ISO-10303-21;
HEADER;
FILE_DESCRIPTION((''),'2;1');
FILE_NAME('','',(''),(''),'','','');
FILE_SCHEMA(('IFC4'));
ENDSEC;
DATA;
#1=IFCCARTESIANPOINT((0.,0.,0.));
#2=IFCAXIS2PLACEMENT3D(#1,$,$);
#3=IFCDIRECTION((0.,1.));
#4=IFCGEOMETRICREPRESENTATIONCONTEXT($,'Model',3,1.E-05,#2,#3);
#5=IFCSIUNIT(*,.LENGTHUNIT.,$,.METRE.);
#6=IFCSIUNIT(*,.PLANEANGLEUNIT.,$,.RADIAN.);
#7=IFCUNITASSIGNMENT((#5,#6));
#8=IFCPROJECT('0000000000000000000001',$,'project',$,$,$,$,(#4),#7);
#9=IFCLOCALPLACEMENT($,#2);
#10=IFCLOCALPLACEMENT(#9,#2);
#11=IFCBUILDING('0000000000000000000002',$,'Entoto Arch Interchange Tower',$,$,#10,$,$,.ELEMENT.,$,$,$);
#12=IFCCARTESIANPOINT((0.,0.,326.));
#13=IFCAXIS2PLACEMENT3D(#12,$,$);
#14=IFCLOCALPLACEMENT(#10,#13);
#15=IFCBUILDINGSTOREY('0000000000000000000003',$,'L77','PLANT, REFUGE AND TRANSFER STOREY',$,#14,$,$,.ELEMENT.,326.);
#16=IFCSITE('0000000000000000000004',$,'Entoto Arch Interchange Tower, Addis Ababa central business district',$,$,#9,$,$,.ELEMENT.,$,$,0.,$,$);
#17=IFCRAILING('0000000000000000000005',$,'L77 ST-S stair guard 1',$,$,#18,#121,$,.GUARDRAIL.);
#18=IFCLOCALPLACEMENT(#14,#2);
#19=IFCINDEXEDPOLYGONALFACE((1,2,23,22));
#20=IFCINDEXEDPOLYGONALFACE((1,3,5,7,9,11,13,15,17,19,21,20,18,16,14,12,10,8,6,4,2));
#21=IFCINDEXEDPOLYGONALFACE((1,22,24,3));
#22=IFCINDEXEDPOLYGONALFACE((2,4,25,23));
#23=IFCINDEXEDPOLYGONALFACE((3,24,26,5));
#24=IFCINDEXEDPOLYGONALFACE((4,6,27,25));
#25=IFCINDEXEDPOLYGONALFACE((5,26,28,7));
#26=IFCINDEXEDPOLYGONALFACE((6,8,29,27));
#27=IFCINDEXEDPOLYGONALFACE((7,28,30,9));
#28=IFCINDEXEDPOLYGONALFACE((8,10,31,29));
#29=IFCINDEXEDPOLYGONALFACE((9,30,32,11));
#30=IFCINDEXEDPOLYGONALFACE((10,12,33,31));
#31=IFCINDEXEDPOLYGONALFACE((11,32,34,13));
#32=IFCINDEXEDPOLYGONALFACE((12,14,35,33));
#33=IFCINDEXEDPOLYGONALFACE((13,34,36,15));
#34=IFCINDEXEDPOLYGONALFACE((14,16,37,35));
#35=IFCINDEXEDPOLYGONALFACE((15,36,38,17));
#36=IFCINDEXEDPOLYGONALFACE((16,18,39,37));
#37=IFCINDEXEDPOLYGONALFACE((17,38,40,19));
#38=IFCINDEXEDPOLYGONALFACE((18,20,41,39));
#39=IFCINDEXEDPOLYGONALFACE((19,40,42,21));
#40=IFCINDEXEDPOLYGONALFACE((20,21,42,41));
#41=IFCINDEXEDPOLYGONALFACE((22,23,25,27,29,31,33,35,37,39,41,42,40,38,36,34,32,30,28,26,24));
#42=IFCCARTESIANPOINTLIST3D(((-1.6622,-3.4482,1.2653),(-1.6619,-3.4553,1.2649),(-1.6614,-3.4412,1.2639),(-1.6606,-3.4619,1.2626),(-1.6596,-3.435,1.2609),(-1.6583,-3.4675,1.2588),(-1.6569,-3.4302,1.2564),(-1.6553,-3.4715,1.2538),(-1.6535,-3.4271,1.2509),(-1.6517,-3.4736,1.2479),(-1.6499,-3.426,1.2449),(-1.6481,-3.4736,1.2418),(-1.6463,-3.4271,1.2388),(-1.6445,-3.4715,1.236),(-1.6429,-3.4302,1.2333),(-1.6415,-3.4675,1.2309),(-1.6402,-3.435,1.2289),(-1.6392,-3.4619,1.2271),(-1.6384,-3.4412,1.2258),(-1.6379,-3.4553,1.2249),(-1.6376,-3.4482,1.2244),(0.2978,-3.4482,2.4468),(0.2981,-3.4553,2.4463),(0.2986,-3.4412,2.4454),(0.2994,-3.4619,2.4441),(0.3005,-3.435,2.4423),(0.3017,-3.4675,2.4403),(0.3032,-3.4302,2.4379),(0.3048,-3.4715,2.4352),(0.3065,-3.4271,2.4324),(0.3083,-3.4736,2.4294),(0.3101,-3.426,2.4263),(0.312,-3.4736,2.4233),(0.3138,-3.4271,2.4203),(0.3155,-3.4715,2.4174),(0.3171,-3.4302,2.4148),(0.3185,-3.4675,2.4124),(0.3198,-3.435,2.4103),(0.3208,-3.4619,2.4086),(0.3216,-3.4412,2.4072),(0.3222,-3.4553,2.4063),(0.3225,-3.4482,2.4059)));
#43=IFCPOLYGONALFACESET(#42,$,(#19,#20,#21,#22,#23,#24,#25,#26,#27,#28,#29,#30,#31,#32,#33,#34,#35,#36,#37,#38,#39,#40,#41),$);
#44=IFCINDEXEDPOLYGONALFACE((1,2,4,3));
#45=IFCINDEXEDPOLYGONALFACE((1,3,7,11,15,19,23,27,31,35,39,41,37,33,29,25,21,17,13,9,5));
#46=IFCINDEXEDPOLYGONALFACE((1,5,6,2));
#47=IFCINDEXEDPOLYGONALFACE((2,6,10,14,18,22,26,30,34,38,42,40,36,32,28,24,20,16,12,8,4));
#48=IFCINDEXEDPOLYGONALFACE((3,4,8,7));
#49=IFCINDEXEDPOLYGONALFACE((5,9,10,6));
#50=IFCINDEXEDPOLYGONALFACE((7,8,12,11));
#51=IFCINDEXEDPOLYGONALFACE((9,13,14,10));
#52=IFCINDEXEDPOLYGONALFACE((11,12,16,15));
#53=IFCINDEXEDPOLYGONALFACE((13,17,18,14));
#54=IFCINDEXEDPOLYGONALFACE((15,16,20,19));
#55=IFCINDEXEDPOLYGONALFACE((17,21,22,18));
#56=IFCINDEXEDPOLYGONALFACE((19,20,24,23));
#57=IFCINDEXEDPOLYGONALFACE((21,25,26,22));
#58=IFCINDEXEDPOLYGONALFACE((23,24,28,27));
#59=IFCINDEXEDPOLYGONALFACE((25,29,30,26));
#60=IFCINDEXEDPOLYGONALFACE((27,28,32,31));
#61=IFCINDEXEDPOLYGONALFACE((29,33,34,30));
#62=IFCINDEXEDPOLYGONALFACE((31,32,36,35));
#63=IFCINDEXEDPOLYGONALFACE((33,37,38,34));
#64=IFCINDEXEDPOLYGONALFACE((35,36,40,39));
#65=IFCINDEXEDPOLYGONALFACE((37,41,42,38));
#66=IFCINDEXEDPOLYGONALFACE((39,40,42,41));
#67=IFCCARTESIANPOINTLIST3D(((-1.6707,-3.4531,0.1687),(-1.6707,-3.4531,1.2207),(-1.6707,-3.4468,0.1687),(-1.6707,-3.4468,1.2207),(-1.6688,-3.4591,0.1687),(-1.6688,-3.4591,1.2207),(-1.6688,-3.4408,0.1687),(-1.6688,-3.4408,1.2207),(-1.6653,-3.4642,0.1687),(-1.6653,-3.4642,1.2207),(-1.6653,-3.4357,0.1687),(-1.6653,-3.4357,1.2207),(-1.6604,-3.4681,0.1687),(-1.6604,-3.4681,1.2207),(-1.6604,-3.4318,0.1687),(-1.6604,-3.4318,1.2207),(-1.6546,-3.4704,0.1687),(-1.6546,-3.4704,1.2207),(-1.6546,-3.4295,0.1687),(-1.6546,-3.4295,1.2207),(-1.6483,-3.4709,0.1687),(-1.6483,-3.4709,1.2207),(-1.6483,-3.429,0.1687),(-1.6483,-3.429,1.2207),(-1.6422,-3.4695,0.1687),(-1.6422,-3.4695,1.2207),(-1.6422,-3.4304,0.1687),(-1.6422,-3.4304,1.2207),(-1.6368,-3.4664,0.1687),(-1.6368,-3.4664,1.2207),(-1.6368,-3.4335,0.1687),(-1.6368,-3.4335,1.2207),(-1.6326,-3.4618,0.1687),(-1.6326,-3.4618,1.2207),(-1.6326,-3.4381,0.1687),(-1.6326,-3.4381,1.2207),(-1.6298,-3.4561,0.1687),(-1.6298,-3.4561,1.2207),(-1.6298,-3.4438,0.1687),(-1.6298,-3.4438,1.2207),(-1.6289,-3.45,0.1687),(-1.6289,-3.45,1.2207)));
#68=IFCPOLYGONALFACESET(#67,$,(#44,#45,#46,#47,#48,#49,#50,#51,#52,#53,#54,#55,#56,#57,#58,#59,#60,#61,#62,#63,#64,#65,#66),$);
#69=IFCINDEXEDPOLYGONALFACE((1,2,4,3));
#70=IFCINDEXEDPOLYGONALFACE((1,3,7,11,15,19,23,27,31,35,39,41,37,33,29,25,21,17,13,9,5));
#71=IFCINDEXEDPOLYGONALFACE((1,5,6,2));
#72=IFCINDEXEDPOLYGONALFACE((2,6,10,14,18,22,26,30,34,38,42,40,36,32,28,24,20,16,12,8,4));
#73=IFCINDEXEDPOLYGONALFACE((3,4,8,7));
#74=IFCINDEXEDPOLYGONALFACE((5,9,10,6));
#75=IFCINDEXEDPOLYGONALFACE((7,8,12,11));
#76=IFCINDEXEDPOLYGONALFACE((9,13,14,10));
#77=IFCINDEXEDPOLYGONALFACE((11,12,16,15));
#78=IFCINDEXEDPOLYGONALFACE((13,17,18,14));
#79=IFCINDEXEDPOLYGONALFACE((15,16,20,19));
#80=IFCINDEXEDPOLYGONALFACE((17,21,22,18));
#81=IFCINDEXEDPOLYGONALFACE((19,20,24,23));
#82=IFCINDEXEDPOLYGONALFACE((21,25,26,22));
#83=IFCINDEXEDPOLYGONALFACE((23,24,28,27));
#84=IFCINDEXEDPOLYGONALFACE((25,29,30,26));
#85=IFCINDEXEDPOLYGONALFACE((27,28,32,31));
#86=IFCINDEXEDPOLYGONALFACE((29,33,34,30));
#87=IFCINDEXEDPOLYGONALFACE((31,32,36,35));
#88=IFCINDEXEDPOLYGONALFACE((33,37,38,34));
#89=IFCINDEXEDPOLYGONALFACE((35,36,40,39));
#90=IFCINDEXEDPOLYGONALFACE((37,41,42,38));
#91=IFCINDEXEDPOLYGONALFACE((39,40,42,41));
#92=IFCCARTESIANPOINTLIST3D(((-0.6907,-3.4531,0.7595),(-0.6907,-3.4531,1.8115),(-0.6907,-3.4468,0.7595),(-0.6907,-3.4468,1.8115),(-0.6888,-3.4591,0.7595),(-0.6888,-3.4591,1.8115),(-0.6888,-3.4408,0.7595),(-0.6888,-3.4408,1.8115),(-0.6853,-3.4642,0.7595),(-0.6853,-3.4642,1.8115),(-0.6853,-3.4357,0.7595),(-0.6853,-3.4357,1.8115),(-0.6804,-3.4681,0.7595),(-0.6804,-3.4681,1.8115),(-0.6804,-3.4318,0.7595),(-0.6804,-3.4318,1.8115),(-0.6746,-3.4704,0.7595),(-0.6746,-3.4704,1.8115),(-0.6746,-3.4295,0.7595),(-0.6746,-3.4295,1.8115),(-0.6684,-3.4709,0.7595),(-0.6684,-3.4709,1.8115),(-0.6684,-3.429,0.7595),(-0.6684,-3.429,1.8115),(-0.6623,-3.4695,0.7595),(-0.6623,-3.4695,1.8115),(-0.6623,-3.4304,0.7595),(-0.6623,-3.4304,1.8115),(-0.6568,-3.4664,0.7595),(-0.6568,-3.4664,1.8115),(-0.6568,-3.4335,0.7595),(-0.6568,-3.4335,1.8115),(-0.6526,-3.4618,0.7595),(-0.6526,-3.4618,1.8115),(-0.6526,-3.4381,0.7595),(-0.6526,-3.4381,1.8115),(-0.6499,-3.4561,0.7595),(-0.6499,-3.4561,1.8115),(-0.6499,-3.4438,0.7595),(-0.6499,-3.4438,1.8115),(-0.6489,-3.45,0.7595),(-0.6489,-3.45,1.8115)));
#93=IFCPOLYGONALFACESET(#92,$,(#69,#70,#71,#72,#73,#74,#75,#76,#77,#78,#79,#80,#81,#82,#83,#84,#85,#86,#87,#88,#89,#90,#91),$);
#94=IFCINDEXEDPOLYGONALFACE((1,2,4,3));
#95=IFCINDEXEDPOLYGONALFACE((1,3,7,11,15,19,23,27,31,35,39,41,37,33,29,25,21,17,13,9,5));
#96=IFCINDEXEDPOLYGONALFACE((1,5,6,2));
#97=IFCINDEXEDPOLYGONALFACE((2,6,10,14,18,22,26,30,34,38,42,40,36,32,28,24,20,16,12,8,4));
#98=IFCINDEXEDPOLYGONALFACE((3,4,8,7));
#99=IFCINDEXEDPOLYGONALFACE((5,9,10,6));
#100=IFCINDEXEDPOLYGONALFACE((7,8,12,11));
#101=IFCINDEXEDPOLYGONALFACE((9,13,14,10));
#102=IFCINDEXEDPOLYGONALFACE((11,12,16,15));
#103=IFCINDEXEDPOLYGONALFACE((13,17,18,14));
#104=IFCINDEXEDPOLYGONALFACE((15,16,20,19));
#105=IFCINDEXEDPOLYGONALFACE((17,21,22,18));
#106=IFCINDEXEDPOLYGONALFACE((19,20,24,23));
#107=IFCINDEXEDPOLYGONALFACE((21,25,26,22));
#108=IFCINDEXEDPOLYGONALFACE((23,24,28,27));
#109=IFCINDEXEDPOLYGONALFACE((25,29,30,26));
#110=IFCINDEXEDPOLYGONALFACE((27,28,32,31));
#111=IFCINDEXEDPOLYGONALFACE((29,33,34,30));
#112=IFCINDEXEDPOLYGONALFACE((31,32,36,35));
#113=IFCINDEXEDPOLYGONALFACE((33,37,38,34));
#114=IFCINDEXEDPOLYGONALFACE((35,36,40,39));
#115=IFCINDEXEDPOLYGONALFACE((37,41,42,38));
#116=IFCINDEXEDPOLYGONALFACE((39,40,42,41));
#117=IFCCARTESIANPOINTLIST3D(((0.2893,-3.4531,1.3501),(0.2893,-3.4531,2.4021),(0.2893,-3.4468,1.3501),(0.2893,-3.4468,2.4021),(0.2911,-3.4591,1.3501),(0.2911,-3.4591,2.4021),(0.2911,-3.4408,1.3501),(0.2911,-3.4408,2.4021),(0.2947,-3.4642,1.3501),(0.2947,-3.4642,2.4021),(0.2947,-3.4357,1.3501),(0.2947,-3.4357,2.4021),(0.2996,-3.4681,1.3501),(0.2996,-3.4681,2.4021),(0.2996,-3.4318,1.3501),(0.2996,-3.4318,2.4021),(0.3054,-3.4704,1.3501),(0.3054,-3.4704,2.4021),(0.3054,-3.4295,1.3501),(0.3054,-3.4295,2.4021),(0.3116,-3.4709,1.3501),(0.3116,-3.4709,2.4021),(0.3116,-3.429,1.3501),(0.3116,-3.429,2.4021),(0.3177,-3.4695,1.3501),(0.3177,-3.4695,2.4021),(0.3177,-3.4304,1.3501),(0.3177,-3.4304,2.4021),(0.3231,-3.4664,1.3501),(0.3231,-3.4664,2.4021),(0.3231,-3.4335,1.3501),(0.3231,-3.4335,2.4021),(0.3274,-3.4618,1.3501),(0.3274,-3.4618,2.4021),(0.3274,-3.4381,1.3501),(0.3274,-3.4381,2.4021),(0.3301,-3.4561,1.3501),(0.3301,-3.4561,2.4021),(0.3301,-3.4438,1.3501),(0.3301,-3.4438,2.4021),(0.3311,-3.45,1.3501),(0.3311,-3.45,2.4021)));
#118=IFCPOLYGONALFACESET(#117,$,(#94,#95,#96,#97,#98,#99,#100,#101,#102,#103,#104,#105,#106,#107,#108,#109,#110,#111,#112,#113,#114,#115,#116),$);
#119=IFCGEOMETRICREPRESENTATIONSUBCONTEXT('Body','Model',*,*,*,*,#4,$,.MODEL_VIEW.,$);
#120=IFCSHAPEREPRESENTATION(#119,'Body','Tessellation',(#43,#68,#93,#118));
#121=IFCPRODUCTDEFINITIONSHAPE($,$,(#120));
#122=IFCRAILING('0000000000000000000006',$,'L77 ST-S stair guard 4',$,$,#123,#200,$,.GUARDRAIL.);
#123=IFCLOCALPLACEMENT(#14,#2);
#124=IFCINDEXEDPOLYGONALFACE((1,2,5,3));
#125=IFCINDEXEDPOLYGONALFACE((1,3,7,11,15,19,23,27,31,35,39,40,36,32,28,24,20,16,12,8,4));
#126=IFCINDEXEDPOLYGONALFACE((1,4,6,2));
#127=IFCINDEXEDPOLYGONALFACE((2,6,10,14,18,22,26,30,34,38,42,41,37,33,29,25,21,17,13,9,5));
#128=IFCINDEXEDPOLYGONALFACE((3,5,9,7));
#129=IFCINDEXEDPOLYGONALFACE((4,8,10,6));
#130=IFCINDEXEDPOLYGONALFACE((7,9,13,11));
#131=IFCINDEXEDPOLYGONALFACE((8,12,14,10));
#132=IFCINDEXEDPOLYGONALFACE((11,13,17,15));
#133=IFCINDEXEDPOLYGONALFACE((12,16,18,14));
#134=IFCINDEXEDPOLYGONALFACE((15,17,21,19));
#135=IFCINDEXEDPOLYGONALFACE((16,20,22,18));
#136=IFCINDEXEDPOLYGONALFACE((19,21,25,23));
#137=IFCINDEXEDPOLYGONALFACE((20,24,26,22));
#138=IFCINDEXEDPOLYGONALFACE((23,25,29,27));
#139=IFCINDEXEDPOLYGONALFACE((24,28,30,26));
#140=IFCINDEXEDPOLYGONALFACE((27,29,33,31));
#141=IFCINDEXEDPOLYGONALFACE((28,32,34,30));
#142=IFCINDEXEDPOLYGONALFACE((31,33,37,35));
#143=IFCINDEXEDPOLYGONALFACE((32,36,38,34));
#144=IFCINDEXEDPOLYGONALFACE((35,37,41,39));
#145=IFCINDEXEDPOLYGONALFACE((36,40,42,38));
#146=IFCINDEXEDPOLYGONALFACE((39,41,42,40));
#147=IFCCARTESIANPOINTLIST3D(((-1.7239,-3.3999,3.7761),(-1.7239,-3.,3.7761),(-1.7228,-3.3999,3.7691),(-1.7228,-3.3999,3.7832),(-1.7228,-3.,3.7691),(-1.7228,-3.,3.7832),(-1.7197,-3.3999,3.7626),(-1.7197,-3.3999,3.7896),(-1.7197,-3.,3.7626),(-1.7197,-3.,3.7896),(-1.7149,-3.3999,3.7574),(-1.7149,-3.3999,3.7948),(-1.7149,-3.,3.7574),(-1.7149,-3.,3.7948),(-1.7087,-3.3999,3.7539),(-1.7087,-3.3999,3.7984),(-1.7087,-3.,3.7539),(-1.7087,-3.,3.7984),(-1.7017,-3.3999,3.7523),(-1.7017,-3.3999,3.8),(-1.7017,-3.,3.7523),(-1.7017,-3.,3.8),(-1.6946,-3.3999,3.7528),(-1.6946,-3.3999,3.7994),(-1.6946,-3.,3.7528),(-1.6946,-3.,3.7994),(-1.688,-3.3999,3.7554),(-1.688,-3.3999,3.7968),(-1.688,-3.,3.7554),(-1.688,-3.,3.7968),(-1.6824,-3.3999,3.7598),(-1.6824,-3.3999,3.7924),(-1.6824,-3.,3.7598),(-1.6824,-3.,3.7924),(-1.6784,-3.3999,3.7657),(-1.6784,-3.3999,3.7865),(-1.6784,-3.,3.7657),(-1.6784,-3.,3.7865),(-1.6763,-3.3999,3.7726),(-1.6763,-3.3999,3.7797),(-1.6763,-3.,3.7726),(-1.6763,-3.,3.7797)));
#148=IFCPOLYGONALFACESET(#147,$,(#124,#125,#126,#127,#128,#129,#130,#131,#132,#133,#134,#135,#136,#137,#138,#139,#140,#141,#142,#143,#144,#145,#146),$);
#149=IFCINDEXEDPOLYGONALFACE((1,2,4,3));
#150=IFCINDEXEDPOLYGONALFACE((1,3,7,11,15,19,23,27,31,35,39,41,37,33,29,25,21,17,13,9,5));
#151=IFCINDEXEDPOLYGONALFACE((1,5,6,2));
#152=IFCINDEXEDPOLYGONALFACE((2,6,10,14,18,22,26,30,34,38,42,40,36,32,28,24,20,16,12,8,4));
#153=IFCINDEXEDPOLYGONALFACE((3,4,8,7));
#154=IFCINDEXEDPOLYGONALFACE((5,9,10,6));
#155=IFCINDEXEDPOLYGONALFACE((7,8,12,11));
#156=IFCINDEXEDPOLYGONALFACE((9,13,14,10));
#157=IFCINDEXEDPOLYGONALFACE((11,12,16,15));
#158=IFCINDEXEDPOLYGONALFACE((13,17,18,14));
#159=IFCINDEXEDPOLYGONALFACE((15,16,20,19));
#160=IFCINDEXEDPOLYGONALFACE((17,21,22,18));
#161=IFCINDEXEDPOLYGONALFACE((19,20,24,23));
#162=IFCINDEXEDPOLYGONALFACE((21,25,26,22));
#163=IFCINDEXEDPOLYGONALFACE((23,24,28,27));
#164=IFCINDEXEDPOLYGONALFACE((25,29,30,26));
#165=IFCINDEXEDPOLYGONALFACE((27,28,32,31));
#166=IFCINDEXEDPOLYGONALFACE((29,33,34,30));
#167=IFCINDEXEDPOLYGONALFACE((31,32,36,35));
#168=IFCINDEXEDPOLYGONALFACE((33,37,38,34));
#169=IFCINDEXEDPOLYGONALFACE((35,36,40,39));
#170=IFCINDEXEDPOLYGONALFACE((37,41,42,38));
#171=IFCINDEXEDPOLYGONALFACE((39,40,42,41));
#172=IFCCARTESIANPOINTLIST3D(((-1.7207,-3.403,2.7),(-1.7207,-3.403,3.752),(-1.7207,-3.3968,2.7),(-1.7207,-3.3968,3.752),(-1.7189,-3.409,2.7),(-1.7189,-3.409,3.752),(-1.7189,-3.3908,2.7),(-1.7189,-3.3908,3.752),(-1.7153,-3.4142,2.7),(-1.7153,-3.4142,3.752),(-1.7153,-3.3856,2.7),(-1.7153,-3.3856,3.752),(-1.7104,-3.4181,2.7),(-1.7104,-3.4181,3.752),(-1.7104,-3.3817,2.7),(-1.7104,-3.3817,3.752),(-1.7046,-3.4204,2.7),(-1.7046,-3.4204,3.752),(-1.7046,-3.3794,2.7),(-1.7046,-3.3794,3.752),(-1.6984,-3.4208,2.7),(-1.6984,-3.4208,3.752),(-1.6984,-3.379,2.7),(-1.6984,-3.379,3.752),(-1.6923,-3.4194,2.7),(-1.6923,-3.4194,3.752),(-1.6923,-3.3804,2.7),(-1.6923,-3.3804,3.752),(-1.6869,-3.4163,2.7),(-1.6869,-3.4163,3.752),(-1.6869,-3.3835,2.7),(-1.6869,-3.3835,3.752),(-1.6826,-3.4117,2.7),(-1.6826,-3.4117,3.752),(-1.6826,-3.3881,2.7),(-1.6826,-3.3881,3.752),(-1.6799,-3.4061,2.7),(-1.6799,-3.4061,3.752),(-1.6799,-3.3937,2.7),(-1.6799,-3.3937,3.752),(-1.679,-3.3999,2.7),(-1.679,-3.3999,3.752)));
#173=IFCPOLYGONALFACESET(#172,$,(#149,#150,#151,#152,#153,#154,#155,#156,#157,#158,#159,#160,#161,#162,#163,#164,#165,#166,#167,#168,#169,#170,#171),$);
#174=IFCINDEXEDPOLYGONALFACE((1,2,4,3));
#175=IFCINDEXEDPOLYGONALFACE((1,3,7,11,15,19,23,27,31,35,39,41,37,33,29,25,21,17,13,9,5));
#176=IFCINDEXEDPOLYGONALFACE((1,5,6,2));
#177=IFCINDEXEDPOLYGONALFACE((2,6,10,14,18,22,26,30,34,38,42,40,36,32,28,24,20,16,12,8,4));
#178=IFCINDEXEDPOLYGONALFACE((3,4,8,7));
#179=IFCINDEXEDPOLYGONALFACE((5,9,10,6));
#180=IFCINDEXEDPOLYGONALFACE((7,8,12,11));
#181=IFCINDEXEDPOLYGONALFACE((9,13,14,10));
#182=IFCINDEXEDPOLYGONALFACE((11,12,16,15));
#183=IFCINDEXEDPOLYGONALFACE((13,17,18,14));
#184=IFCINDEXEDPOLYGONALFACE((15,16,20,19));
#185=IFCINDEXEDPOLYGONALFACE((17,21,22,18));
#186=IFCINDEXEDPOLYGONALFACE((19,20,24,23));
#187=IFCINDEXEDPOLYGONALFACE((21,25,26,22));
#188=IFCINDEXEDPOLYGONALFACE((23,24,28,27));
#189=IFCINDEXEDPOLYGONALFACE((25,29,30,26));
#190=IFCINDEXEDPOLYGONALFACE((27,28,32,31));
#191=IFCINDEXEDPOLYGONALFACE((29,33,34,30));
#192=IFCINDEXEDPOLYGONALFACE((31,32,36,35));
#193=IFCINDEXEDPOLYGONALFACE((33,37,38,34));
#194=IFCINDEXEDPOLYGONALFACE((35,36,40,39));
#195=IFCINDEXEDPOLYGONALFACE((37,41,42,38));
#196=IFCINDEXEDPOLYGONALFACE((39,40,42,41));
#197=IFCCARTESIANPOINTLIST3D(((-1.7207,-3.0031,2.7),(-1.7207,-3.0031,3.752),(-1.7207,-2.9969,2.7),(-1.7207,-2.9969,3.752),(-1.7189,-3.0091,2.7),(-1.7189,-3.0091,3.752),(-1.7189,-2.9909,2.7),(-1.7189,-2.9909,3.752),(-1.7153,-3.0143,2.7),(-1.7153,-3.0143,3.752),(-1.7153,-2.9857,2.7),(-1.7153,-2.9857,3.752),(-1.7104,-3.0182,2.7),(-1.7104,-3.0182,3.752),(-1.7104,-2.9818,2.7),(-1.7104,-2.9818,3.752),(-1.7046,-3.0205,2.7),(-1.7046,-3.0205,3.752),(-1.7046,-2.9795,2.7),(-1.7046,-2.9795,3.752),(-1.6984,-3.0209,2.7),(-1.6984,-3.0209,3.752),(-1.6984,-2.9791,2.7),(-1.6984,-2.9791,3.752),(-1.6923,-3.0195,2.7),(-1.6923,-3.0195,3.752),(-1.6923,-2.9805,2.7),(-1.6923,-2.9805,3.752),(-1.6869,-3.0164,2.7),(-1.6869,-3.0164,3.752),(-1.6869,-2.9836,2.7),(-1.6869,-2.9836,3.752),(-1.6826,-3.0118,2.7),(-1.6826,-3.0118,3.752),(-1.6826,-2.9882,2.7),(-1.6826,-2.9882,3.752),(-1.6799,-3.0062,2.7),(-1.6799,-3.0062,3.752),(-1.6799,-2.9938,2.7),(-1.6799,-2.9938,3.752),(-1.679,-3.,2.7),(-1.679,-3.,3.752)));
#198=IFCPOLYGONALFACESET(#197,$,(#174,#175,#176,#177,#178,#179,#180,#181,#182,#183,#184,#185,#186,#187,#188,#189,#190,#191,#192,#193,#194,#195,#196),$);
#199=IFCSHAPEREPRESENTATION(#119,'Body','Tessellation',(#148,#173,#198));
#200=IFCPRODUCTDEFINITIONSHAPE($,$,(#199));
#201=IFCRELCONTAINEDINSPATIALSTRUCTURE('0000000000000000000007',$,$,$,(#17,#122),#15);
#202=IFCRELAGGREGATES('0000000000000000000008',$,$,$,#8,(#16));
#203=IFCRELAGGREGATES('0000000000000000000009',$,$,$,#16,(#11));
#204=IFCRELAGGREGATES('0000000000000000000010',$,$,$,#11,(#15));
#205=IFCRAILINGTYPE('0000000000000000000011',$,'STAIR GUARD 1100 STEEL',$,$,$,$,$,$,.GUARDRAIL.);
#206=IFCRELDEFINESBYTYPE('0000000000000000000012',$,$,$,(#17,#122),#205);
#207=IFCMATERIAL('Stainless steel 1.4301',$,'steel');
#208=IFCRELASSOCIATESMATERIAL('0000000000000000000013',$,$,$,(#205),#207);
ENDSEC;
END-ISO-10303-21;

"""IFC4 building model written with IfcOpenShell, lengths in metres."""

from ifc_helpers import new_model, si_unit, direction, frame, origin, origin_2d, place, context, subcontext, project, spatial, circle, extrude, material, type_object, element, save


model = new_model("IFC4")

# Units and contexts
model_context = context("Model", 3, precision=1e-05, world=origin(), true_north=direction((0.0, 1.0)))
body_context = subcontext(model_context, "Body", "Model", "MODEL_VIEW")
ifc_project = project(units=[si_unit("LENGTHUNIT", "METRE"), si_unit("PLANEANGLEUNIT", "RADIAN")], contexts=[model_context])

# Site, building, storey
site_placement = place(None, origin())
site = spatial("IfcSite", under=ifc_project, at=site_placement, Name="Entoto Arch Interchange Tower, Addis Ababa central business district", CompositionType="ELEMENT", RefElevation=0.0)
building_placement = place(site_placement, origin())
building = spatial("IfcBuilding", under=site, at=building_placement, Name="Entoto Arch Interchange Tower", CompositionType="ELEMENT")
storey_placement = place(building_placement, frame((0.0, 0.0, 326.0)))
storey = spatial("IfcBuildingStorey", under=building, at=storey_placement, Name="L77", Description="PLANT, REFUGE AND TRANSFER STOREY", CompositionType="ELEMENT", Elevation=326.0)

# Railings
ifc_material_1 = material(Name="Stainless steel 1.4301", Category="steel")
railing_type_1 = type_object("IfcRailingType", Name="STAIR GUARD 1100 STEEL", PredefinedType="GUARDRAIL", material=ifc_material_1)
railing_1_placement = place(storey_placement, frame((-1.6499, -3.45, 0.1687)))
element("IfcRailing", 1, at=railing_1_placement, inside=storey, type_object=railing_type_1, Name="L77 ST-S stair guard 1", PredefinedType="GUARDRAIL", context=body_context, shape_type="SweptSolid", body=[
    extrude(circle(Radius=0.0239, at=origin_2d()), frame((0.0, 0.0, 1.0762), z_axis=(0.856446, 0.0, 0.516236), x_axis=(0.0, 1.0, 0.0)), (0.0, 0.0, 1.0), 2.2886),
    extrude(circle(Radius=0.021, at=origin_2d()), origin(), (0.0, 0.0, 1.0), 1.052),
    extrude(circle(Radius=0.021, at=origin_2d()), frame((0.98, 0.0, 0.5908)), (0.0, 0.0, 1.0), 1.052),
    extrude(circle(Radius=0.021, at=origin_2d()), frame((1.96, 0.0, 1.1814)), (0.0, 0.0, 1.0), 1.052),
])
railing_2_placement = place(storey_placement, frame((-1.7, -3.3999, 2.7)))
element("IfcRailing", 2, at=railing_2_placement, inside=storey, type_object=railing_type_1, Name="L77 ST-S stair guard 4", PredefinedType="GUARDRAIL", context=body_context, shape_type="SweptSolid", body=[
    extrude(circle(Radius=0.0239, at=origin_2d()), frame((0.0, 0.0, 1.0762), z_axis=(0.0, 1.0, 0.0), x_axis=(-1.0, 0.0, 0.0)), (0.0, 0.0, 1.0), 0.3999),
    extrude(circle(Radius=0.021, at=origin_2d()), origin(), (0.0, 0.0, 1.0), 1.052),
    extrude(circle(Radius=0.021, at=origin_2d()), frame((0.0, 0.3999, 0.0)), (0.0, 0.0, 1.0), 1.052),
])

save(model, "model.ifc")
